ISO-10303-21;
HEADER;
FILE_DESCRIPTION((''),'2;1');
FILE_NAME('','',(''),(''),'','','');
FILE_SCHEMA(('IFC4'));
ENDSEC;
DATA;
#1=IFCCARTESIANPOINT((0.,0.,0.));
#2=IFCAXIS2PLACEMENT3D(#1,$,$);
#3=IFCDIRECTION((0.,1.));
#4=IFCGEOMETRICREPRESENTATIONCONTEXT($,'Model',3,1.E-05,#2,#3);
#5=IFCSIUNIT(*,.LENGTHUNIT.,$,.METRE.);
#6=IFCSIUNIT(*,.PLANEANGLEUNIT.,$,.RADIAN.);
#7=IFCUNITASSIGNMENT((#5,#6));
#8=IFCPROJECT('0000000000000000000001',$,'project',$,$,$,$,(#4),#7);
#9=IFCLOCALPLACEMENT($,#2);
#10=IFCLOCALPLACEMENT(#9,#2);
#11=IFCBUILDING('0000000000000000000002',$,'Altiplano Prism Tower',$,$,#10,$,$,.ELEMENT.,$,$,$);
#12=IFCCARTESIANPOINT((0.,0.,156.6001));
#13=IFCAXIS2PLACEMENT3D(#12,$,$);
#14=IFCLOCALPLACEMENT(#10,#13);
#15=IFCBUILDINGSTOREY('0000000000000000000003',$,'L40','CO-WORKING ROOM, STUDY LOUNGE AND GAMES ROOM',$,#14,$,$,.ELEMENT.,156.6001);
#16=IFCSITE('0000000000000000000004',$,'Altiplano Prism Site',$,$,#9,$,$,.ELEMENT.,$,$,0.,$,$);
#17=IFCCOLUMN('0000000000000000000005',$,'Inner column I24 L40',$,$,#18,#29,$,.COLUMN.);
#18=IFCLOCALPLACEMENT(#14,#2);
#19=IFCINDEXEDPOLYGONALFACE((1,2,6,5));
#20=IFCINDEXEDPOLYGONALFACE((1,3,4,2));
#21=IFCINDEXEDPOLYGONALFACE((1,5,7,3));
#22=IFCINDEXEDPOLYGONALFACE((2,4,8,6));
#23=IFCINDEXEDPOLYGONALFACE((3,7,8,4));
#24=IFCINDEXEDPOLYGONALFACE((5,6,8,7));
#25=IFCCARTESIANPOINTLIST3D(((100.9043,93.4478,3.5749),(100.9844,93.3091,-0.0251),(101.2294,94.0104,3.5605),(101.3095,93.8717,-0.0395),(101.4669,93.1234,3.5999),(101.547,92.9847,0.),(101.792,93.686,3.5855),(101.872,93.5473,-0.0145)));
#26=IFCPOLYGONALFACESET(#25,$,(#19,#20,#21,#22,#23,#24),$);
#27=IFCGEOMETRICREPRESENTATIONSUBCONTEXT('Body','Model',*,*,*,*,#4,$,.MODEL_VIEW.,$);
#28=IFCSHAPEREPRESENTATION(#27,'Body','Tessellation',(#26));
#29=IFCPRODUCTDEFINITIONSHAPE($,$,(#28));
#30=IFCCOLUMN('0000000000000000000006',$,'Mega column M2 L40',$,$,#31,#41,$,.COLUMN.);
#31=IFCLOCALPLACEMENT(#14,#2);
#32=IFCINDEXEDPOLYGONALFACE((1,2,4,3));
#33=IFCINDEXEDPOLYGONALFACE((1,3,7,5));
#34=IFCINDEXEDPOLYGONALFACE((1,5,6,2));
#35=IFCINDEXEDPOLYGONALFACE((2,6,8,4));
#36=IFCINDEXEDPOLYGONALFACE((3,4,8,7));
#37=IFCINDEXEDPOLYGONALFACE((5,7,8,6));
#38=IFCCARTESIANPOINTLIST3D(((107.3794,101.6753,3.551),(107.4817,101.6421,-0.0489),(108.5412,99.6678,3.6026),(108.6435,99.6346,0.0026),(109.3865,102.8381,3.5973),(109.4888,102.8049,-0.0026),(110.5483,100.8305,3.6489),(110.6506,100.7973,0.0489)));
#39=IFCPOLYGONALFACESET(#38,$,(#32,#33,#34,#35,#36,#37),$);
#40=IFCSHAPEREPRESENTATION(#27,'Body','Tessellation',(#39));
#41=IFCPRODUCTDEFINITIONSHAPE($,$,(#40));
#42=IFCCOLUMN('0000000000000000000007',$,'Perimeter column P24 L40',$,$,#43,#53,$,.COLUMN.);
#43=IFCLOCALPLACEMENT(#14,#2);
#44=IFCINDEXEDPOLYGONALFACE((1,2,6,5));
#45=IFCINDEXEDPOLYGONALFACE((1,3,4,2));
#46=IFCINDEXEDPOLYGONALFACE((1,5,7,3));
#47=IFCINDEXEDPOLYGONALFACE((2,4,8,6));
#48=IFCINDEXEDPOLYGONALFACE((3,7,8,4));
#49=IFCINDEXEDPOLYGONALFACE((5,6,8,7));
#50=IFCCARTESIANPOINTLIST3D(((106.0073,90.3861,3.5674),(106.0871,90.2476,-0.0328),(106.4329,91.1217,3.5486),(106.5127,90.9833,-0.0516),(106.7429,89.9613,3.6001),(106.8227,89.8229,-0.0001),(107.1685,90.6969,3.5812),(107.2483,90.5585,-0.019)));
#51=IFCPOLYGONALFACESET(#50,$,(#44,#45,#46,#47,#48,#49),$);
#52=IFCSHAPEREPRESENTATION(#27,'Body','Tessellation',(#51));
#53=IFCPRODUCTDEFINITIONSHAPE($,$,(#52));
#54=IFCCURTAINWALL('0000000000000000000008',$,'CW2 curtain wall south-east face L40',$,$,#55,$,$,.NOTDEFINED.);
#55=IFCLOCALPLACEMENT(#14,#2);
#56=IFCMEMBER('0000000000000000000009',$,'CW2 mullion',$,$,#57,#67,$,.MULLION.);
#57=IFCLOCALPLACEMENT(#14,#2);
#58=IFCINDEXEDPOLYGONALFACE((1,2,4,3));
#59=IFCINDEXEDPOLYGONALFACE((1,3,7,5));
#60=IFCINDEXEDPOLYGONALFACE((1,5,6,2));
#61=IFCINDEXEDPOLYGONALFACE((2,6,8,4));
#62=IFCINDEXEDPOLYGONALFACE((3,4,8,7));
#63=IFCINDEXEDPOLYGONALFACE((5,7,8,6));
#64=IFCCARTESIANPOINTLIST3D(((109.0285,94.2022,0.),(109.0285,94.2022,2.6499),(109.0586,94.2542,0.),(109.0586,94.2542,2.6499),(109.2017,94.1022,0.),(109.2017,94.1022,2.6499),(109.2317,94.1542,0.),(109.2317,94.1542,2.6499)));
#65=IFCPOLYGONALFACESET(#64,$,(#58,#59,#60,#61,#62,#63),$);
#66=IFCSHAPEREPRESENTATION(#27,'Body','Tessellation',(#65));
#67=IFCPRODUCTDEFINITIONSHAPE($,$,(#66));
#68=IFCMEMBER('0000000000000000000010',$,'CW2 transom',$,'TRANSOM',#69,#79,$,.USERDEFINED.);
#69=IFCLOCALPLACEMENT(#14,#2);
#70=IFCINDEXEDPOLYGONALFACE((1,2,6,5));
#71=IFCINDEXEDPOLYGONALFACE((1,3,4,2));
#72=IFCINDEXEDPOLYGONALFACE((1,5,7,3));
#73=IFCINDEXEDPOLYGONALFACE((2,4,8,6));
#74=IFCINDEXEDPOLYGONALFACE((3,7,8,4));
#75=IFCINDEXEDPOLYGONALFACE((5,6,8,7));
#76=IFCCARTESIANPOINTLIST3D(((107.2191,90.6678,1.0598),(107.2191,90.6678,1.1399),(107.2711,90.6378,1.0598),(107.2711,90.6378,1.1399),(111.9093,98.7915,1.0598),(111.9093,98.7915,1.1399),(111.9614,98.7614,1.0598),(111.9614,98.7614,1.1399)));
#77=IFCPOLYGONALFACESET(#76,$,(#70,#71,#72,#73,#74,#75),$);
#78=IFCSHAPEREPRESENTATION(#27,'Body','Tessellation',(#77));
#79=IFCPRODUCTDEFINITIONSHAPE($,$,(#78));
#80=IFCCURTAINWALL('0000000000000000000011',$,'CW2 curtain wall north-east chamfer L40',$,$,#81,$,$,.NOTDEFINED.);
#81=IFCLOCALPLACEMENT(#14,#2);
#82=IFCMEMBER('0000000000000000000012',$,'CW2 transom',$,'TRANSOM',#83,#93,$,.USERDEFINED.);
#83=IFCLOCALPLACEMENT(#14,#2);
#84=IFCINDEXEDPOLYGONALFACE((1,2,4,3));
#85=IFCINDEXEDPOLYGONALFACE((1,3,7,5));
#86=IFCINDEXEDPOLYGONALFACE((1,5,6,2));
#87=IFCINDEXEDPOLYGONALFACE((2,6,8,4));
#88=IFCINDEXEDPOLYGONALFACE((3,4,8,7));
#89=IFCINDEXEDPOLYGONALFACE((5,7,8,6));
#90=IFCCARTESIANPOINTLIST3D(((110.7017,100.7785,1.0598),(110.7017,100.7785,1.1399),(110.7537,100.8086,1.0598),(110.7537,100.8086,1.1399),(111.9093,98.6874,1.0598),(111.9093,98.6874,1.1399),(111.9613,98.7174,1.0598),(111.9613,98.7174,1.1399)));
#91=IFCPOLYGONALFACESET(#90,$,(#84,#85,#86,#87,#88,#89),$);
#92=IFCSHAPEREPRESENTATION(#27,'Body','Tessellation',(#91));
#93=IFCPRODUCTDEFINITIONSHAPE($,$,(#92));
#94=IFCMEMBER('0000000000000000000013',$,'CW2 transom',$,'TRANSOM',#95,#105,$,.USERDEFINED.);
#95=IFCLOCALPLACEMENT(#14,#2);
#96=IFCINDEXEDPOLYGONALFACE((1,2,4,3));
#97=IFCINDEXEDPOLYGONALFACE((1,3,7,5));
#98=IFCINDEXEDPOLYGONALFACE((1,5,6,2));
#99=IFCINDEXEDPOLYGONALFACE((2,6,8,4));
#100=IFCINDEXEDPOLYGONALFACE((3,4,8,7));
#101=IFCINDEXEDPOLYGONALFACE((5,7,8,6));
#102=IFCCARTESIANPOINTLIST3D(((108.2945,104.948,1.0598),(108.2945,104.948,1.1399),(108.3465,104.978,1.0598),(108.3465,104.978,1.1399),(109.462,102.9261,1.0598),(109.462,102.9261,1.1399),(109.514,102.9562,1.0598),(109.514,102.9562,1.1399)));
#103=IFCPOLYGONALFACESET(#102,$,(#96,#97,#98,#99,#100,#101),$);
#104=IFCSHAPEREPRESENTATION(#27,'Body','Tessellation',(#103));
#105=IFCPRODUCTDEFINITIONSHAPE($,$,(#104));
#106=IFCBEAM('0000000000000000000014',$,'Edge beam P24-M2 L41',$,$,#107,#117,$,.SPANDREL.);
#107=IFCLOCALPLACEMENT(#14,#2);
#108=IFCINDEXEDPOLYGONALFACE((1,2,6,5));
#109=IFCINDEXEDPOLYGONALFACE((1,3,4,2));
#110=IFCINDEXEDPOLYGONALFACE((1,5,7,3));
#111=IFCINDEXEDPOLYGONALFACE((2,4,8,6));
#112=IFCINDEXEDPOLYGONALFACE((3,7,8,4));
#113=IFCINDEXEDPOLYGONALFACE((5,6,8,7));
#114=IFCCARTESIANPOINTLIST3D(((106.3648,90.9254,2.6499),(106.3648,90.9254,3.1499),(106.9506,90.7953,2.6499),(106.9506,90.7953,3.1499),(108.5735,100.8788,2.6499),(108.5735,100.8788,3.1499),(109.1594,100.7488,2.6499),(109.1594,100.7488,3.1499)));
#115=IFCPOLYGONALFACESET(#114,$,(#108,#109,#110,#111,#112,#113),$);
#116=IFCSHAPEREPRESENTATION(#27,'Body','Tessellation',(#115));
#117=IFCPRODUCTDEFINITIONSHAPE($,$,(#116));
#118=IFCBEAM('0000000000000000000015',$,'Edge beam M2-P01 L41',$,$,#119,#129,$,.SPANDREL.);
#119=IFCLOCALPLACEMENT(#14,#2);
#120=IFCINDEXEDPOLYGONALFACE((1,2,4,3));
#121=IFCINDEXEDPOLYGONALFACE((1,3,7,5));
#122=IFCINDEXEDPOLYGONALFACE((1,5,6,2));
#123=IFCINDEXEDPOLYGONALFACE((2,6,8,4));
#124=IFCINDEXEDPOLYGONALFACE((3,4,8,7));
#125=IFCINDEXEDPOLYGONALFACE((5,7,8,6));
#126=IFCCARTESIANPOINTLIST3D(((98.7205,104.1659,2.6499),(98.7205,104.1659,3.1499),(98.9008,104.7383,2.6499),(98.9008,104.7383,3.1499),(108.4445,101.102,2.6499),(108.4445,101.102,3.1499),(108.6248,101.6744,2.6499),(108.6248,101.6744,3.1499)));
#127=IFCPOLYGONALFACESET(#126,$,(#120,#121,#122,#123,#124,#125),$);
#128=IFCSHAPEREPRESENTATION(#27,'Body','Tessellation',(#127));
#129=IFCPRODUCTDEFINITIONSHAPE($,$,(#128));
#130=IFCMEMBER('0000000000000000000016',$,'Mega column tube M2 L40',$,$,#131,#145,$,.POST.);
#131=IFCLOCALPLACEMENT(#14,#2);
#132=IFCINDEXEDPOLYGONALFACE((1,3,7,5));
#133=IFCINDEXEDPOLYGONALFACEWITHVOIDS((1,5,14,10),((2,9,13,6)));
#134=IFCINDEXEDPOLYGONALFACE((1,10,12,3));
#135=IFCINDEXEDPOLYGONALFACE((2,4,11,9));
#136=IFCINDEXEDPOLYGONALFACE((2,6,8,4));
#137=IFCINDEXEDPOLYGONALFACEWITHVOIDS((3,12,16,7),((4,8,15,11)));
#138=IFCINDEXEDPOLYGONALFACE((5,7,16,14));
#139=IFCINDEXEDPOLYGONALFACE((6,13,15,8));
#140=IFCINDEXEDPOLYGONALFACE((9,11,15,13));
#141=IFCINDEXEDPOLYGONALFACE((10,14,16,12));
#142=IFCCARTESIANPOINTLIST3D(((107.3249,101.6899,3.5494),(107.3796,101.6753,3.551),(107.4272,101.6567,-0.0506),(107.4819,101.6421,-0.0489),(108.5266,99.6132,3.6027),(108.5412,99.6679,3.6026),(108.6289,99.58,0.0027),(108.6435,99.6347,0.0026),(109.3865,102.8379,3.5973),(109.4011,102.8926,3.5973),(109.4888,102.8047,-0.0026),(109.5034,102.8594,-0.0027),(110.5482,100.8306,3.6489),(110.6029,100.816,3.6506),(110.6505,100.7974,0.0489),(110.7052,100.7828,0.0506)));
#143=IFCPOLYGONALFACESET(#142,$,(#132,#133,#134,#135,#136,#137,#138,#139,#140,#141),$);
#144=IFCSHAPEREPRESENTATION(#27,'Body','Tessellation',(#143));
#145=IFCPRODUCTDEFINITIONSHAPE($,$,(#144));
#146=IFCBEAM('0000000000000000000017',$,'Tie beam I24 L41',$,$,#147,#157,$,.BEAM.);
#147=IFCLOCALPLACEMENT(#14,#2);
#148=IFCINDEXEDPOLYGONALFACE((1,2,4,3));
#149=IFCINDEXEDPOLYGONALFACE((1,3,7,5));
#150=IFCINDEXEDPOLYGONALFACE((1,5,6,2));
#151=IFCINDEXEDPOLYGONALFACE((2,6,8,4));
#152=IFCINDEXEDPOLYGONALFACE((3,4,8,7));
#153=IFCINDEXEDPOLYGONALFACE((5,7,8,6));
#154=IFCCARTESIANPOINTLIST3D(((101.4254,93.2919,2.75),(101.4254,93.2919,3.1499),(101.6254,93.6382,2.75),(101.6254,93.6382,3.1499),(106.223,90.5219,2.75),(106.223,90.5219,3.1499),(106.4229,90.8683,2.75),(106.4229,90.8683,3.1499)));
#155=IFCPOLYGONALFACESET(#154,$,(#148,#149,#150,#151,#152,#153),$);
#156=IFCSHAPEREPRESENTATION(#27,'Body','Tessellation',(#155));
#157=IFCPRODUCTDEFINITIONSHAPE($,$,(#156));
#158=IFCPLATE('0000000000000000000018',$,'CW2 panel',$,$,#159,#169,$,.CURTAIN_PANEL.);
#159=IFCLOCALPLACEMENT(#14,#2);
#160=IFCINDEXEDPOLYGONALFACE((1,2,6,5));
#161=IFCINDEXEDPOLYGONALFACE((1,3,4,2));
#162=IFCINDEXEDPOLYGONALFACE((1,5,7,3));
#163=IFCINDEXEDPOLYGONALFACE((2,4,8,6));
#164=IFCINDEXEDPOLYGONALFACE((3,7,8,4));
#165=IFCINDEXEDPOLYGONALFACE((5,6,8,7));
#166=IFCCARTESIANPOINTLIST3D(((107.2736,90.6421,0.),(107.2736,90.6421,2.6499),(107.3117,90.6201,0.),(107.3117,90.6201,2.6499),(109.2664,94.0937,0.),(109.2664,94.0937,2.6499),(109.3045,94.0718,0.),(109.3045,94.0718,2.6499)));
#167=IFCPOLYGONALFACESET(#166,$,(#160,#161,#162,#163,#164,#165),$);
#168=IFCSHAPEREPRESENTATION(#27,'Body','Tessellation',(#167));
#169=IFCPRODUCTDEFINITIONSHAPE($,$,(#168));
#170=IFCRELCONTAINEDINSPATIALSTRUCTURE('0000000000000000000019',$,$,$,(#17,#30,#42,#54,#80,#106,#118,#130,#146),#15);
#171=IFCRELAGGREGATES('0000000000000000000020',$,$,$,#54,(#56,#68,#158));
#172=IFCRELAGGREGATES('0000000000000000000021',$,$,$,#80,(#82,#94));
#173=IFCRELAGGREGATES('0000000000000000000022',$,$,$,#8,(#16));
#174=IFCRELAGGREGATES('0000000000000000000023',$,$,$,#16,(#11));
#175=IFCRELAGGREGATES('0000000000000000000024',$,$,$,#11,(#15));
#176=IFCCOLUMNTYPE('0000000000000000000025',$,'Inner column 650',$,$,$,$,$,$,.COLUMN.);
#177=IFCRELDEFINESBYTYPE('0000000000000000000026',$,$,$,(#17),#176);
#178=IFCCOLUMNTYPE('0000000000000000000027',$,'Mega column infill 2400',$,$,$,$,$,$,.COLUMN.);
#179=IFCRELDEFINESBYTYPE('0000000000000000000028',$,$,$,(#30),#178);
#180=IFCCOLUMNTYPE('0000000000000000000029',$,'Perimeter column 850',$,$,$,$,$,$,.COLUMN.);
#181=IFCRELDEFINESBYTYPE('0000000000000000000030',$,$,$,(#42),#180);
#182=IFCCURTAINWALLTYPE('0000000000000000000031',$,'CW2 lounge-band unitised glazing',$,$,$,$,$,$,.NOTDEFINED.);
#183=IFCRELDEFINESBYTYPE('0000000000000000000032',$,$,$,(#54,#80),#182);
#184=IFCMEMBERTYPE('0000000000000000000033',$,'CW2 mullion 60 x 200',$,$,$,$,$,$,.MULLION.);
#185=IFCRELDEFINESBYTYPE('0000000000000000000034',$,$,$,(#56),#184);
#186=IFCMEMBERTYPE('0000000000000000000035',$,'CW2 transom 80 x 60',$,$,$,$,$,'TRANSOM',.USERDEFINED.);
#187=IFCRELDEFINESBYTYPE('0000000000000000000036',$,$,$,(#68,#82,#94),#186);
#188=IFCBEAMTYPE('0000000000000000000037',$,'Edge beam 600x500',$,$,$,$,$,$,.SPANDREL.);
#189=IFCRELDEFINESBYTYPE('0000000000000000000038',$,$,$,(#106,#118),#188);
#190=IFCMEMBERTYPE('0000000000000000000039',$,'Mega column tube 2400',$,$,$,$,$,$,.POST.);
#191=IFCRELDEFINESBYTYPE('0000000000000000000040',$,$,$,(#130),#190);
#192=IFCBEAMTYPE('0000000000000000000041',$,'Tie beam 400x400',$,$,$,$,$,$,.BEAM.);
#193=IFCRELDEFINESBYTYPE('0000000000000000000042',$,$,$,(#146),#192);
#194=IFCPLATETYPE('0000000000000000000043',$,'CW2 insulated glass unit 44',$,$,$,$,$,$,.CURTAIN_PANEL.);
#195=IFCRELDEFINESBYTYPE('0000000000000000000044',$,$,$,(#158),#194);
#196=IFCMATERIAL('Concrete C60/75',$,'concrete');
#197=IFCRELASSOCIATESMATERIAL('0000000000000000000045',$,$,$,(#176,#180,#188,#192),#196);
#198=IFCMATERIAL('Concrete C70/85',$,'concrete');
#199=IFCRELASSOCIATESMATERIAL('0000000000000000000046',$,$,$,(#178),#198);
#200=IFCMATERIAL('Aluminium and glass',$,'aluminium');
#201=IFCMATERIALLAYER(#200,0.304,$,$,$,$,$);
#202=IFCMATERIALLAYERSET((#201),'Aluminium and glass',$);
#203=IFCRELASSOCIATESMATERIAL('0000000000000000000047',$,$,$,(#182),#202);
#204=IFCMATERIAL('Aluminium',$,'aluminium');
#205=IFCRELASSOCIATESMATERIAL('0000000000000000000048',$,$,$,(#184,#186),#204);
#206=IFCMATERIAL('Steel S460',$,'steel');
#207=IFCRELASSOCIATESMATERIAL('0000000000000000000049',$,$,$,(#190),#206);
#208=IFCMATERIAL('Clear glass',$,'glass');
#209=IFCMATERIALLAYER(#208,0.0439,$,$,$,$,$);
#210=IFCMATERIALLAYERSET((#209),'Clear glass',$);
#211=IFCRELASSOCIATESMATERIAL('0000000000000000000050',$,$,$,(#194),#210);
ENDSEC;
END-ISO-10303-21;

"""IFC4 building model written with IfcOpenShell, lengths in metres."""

from ifc_helpers import new_model, si_unit, direction, frame, origin, origin_2d, place, context, subcontext, project, spatial, rectangle, hollow_rectangle, extrude, material, layer, layer_set, material_profile, profile_set, type_object, element, aggregate, save


model = new_model("IFC4")

# Units and contexts
model_context = context("Model", 3, precision=1e-05, world=origin(), true_north=direction((0.0, 1.0)))
body_context = subcontext(model_context, "Body", "Model", "MODEL_VIEW")
ifc_project = project(units=[si_unit("LENGTHUNIT", "METRE"), si_unit("PLANEANGLEUNIT", "RADIAN")], contexts=[model_context])

# Site, building, storey
site_placement = place(None, origin())
site = spatial("IfcSite", under=ifc_project, at=site_placement, Name="Altiplano Prism Site", CompositionType="ELEMENT", RefElevation=0.0)
building_placement = place(site_placement, origin())
building = spatial("IfcBuilding", under=site, at=building_placement, Name="Altiplano Prism Tower", CompositionType="ELEMENT")
storey_placement = place(building_placement, frame((0.0, 0.0, 156.6001)))
storey = spatial("IfcBuildingStorey", under=building, at=storey_placement, Name="L40", Description="CO-WORKING ROOM, STUDY LOUNGE AND GAMES ROOM", CompositionType="ELEMENT", Elevation=156.6001)

# Columns
ifc_material_1 = material(Name="Concrete C60/75", Category="concrete")
ifc_material_profile_1 = material_profile(ifc_material_1, rectangle(XDim=0.6499, YDim=0.6499, at=origin_2d()), Name="Inner column 650")
ifc_profile_set_1 = profile_set([ifc_material_profile_1], Name="Concrete C60/75")
column_type_1 = type_object("IfcColumnType", Name="Inner column 650", PredefinedType="COLUMN", material=ifc_profile_set_1)
column_1_placement = place(storey_placement, frame((101.4282, 93.4282, -0.0198), z_axis=(-0.022223, 0.038483, 0.999012), x_axis=(-0.50017, -0.865642, 0.02222)))
element("IfcColumn", 1, at=column_1_placement, inside=storey, type_object=column_type_1, Name="Inner column I24 L40", PredefinedType="COLUMN", context=body_context, shape_type="SweptSolid", body=[
    extrude(rectangle(XDim=0.6499, YDim=0.6499, at=origin_2d()), origin(), (0.0, 0.0, 1.0), 3.6035),
])
ifc_material_2 = material(Name="Concrete C70/85", Category="concrete")
ifc_material_profile_2 = material_profile(ifc_material_2, rectangle(XDim=2.3201, YDim=2.3201, at=origin_2d()), Name="Mega column infill 2400")
ifc_profile_set_2 = profile_set([ifc_material_profile_2], Name="Concrete C70/85")
column_type_2 = type_object("IfcColumnType", Name="Mega column infill 2400", PredefinedType="COLUMN", material=ifc_profile_set_2)
column_2_placement = place(storey_placement, frame((109.0662, 101.2197, 0.0), z_axis=(-0.028404, 0.009219, 0.999554), x_axis=(0.50076, -0.865301, 0.022211)))
element("IfcColumn", 2, at=column_2_placement, inside=storey, type_object=column_type_2, Name="Mega column M2 L40", PredefinedType="COLUMN", context=body_context, shape_type="SweptSolid", body=[
    extrude(rectangle(XDim=2.3201, YDim=2.3201, at=origin_2d()), origin(), (0.0, 0.0, 1.0), 3.6016),
])
ifc_material_profile_3 = material_profile(ifc_material_1, rectangle(XDim=0.8501, YDim=0.8501, at=origin_2d()), Name="Perimeter column 850")
ifc_profile_set_3 = profile_set([ifc_material_profile_3], Name="Concrete C60/75")
column_type_3 = type_object("IfcColumnType", Name="Perimeter column 850", PredefinedType="COLUMN", material=ifc_profile_set_3)
column_3_placement = place(storey_placement, frame((106.6677, 90.4031, -0.0259), z_axis=(-0.022154, 0.038413, 0.999016), x_axis=(-0.500653, -0.865364, 0.022172)))
element("IfcColumn", 3, at=column_3_placement, inside=storey, type_object=column_type_3, Name="Perimeter column P24 L40", PredefinedType="COLUMN", context=body_context, shape_type="SweptSolid", body=[
    extrude(rectangle(XDim=0.8501, YDim=0.8501, at=origin_2d()), origin(), (0.0, 0.0, 1.0), 3.6038),
])

# Curtain walls, members
ifc_material_3 = material(Name="Aluminium and glass", Category="aluminium")
ifc_layer_1 = layer(ifc_material_3, 0.304)
ifc_layer_set_1 = layer_set([ifc_layer_1], Name="Aluminium and glass")
curtain_wall_type = type_object("IfcCurtainWallType", Name="CW2 lounge-band unitised glazing", PredefinedType="NOTDEFINED", material=ifc_layer_set_1)
curtain_wall_1_placement = place(storey_placement, origin())
curtain_wall_1 = element("IfcCurtainWall", 4, at=curtain_wall_1_placement, inside=storey, type_object=curtain_wall_type, Name="CW2 curtain wall south-east face L40", PredefinedType="NOTDEFINED")
ifc_material_4 = material(Name="Aluminium", Category="aluminium")
ifc_material_profile_4 = material_profile(ifc_material_4, rectangle(XDim=0.2, YDim=0.0601, at=origin_2d()), Name="CW2 mullion 60 x 200")
ifc_profile_set_4 = profile_set([ifc_material_profile_4], Name="Aluminium")
member_type_1 = type_object("IfcMemberType", Name="CW2 mullion 60 x 200", PredefinedType="MULLION", material=ifc_profile_set_4)
member_1_placement = place(storey_placement, frame((109.1301, 94.1782, 0.0), z_axis=(0.0, 0.0, 1.0), x_axis=(-0.866025, 0.5, 0.0)))
member_1 = element("IfcMember", 5, at=member_1_placement, type_object=member_type_1, Name="CW2 mullion", PredefinedType="MULLION", context=body_context, shape_type="SweptSolid", body=[
    extrude(rectangle(XDim=0.2, YDim=0.0601, at=origin_2d()), origin(), (0.0, 0.0, 1.0), 2.6499),
])
ifc_material_profile_5 = material_profile(ifc_material_4, rectangle(XDim=0.0601, YDim=0.0801, at=origin_2d()), Name="CW2 transom 80 x 60")
ifc_profile_set_5 = profile_set([ifc_material_profile_5], Name="Aluminium")
member_type_2 = type_object("IfcMemberType", Name="CW2 transom 80 x 60", ElementType="TRANSOM", PredefinedType="USERDEFINED", material=ifc_profile_set_5)
member_2_placement = place(storey_placement, frame((107.2451, 90.6528, 1.0999), z_axis=(0.500005, 0.866023, 0.0), x_axis=(-0.866023, 0.500005, 0.0)))
member_2 = element("IfcMember", 6, at=member_2_placement, type_object=member_type_2, Name="CW2 transom", ObjectType="TRANSOM", PredefinedType="USERDEFINED", context=body_context, shape_type="SweptSolid", body=[
    extrude(rectangle(XDim=0.0601, YDim=0.0801, at=origin_2d()), origin(), (0.0, 0.0, 1.0), 9.3804),
])
curtain_wall_2_placement = place(storey_placement, origin())
curtain_wall_2 = element("IfcCurtainWall", 7, at=curtain_wall_2_placement, inside=storey, type_object=curtain_wall_type, Name="CW2 curtain wall north-east chamfer L40", PredefinedType="NOTDEFINED")
member_3_placement = place(storey_placement, frame((111.9353, 98.7024, 1.0999), z_axis=(-0.500075, 0.865982, 0.0), x_axis=(-0.865982, -0.500075, 0.0)))
member_3 = element("IfcMember", 8, at=member_3_placement, type_object=member_type_2, Name="CW2 transom", ObjectType="TRANSOM", PredefinedType="USERDEFINED", context=body_context, shape_type="SweptSolid", body=[
    extrude(rectangle(XDim=0.0601, YDim=0.0801, at=origin_2d()), origin(), (0.0, 0.0, 1.0), 2.4148),
])
member_4_placement = place(storey_placement, frame((109.488, 102.9412, 1.0999), z_axis=(-0.500075, 0.865982, 0.0), x_axis=(-0.865982, -0.500075, 0.0)))
member_4 = element("IfcMember", 9, at=member_4_placement, type_object=member_type_2, Name="CW2 transom", ObjectType="TRANSOM", PredefinedType="USERDEFINED", context=body_context, shape_type="SweptSolid", body=[
    extrude(rectangle(XDim=0.0601, YDim=0.0801, at=origin_2d()), origin(), (0.0, 0.0, 1.0), 2.3347),
])

# Beams
ifc_material_profile_6 = material_profile(ifc_material_1, rectangle(XDim=0.6001, YDim=0.5, at=origin_2d()), Name="Edge beam 600x500")
ifc_profile_set_6 = profile_set([ifc_material_profile_6], Name="Concrete C60/75")
beam_type_1 = type_object("IfcBeamType", Name="Edge beam 600x500", PredefinedType="SPANDREL", material=ifc_profile_set_6)
beam_1_placement = place(storey_placement, frame((106.6577, 90.8604, 2.8999), z_axis=(0.216639, 0.976252, 0.0), x_axis=(-0.976252, 0.216639, 0.0)))
element("IfcBeam", 10, at=beam_1_placement, inside=storey, type_object=beam_type_1, Name="Edge beam P24-M2 L41", PredefinedType="SPANDREL", context=body_context, shape_type="SweptSolid", body=[
    extrude(rectangle(XDim=0.6001, YDim=0.5, at=origin_2d()), origin(), (0.0, 0.0, 1.0), 10.1956),
])
beam_2_placement = place(storey_placement, frame((108.5347, 101.3882, 2.8999), z_axis=(-0.953774, 0.300524, 0.0), x_axis=(-0.300524, -0.953774, 0.0)))
element("IfcBeam", 11, at=beam_2_placement, inside=storey, type_object=beam_type_1, Name="Edge beam M2-P01 L41", PredefinedType="SPANDREL", context=body_context, shape_type="SweptSolid", body=[
    extrude(rectangle(XDim=0.6001, YDim=0.5, at=origin_2d()), origin(), (0.0, 0.0, 1.0), 10.1953),
])

# Member
ifc_material_5 = material(Name="Steel S460", Category="steel")
ifc_material_profile_7 = material_profile(ifc_material_5, hollow_rectangle(XDim=2.3999, YDim=2.3999, WallThickness=0.04, at=origin_2d()), Name="Mega column tube 2400")
ifc_profile_set_7 = profile_set([ifc_material_profile_7], Name="Steel S460")
member_type_3 = type_object("IfcMemberType", Name="Mega column tube 2400", PredefinedType="POST", material=ifc_profile_set_7)
member_5_placement = place(storey_placement, frame((109.0662, 101.2197, 0.0), z_axis=(-0.028404, 0.009219, 0.999554), x_axis=(0.50076, -0.865301, 0.022211)))
element("IfcMember", 12, at=member_5_placement, inside=storey, type_object=member_type_3, Name="Mega column tube M2 L40", PredefinedType="POST", context=body_context, shape_type="SweptSolid", body=[
    extrude(hollow_rectangle(XDim=2.3999, YDim=2.3999, WallThickness=0.04, at=origin_2d()), origin(), (0.0, 0.0, 1.0), 3.6016),
])

# Beam
ifc_material_profile_8 = material_profile(ifc_material_1, rectangle(XDim=0.3999, YDim=0.3999, at=origin_2d()), Name="Tie beam 400x400")
ifc_profile_set_8 = profile_set([ifc_material_profile_8], Name="Concrete C60/75")
beam_type_2 = type_object("IfcBeamType", Name="Tie beam 400x400", PredefinedType="BEAM", material=ifc_profile_set_8)
beam_3_placement = place(storey_placement, frame((101.5254, 93.4651, 2.95), z_axis=(0.866016, -0.500016, 0.0), x_axis=(0.500016, 0.866016, 0.0)))
element("IfcBeam", 13, at=beam_3_placement, inside=storey, type_object=beam_type_2, Name="Tie beam I24 L41", PredefinedType="BEAM", context=body_context, shape_type="SweptSolid", body=[
    extrude(rectangle(XDim=0.3999, YDim=0.3999, at=origin_2d()), origin(), (0.0, 0.0, 1.0), 5.5398),
])

# Plate
ifc_material_6 = material(Name="Clear glass", Category="glass")
ifc_layer_2 = layer(ifc_material_6, 0.0439)
ifc_layer_set_2 = layer_set([ifc_layer_2], Name="Clear glass")
plate_type = type_object("IfcPlateType", Name="CW2 insulated glass unit 44", PredefinedType="CURTAIN_PANEL", material=ifc_layer_set_2)
plate_1_placement = place(storey_placement, frame((108.2891, 92.3569, 0.0), z_axis=(0.0, 0.0, 1.0), x_axis=(0.5, 0.866025, 0.0)))
plate_1 = element("IfcPlate", 14, at=plate_1_placement, type_object=plate_type, Name="CW2 panel", PredefinedType="CURTAIN_PANEL", context=body_context, shape_type="SweptSolid", body=[
    extrude(rectangle(XDim=3.9856, YDim=0.0439, at=origin_2d()), origin(), (0.0, 0.0, 1.0), 2.6499),
])
aggregate(curtain_wall_1, [member_1, member_2, plate_1])
aggregate(curtain_wall_2, [member_3, member_4])

save(model, "model.ifc")
